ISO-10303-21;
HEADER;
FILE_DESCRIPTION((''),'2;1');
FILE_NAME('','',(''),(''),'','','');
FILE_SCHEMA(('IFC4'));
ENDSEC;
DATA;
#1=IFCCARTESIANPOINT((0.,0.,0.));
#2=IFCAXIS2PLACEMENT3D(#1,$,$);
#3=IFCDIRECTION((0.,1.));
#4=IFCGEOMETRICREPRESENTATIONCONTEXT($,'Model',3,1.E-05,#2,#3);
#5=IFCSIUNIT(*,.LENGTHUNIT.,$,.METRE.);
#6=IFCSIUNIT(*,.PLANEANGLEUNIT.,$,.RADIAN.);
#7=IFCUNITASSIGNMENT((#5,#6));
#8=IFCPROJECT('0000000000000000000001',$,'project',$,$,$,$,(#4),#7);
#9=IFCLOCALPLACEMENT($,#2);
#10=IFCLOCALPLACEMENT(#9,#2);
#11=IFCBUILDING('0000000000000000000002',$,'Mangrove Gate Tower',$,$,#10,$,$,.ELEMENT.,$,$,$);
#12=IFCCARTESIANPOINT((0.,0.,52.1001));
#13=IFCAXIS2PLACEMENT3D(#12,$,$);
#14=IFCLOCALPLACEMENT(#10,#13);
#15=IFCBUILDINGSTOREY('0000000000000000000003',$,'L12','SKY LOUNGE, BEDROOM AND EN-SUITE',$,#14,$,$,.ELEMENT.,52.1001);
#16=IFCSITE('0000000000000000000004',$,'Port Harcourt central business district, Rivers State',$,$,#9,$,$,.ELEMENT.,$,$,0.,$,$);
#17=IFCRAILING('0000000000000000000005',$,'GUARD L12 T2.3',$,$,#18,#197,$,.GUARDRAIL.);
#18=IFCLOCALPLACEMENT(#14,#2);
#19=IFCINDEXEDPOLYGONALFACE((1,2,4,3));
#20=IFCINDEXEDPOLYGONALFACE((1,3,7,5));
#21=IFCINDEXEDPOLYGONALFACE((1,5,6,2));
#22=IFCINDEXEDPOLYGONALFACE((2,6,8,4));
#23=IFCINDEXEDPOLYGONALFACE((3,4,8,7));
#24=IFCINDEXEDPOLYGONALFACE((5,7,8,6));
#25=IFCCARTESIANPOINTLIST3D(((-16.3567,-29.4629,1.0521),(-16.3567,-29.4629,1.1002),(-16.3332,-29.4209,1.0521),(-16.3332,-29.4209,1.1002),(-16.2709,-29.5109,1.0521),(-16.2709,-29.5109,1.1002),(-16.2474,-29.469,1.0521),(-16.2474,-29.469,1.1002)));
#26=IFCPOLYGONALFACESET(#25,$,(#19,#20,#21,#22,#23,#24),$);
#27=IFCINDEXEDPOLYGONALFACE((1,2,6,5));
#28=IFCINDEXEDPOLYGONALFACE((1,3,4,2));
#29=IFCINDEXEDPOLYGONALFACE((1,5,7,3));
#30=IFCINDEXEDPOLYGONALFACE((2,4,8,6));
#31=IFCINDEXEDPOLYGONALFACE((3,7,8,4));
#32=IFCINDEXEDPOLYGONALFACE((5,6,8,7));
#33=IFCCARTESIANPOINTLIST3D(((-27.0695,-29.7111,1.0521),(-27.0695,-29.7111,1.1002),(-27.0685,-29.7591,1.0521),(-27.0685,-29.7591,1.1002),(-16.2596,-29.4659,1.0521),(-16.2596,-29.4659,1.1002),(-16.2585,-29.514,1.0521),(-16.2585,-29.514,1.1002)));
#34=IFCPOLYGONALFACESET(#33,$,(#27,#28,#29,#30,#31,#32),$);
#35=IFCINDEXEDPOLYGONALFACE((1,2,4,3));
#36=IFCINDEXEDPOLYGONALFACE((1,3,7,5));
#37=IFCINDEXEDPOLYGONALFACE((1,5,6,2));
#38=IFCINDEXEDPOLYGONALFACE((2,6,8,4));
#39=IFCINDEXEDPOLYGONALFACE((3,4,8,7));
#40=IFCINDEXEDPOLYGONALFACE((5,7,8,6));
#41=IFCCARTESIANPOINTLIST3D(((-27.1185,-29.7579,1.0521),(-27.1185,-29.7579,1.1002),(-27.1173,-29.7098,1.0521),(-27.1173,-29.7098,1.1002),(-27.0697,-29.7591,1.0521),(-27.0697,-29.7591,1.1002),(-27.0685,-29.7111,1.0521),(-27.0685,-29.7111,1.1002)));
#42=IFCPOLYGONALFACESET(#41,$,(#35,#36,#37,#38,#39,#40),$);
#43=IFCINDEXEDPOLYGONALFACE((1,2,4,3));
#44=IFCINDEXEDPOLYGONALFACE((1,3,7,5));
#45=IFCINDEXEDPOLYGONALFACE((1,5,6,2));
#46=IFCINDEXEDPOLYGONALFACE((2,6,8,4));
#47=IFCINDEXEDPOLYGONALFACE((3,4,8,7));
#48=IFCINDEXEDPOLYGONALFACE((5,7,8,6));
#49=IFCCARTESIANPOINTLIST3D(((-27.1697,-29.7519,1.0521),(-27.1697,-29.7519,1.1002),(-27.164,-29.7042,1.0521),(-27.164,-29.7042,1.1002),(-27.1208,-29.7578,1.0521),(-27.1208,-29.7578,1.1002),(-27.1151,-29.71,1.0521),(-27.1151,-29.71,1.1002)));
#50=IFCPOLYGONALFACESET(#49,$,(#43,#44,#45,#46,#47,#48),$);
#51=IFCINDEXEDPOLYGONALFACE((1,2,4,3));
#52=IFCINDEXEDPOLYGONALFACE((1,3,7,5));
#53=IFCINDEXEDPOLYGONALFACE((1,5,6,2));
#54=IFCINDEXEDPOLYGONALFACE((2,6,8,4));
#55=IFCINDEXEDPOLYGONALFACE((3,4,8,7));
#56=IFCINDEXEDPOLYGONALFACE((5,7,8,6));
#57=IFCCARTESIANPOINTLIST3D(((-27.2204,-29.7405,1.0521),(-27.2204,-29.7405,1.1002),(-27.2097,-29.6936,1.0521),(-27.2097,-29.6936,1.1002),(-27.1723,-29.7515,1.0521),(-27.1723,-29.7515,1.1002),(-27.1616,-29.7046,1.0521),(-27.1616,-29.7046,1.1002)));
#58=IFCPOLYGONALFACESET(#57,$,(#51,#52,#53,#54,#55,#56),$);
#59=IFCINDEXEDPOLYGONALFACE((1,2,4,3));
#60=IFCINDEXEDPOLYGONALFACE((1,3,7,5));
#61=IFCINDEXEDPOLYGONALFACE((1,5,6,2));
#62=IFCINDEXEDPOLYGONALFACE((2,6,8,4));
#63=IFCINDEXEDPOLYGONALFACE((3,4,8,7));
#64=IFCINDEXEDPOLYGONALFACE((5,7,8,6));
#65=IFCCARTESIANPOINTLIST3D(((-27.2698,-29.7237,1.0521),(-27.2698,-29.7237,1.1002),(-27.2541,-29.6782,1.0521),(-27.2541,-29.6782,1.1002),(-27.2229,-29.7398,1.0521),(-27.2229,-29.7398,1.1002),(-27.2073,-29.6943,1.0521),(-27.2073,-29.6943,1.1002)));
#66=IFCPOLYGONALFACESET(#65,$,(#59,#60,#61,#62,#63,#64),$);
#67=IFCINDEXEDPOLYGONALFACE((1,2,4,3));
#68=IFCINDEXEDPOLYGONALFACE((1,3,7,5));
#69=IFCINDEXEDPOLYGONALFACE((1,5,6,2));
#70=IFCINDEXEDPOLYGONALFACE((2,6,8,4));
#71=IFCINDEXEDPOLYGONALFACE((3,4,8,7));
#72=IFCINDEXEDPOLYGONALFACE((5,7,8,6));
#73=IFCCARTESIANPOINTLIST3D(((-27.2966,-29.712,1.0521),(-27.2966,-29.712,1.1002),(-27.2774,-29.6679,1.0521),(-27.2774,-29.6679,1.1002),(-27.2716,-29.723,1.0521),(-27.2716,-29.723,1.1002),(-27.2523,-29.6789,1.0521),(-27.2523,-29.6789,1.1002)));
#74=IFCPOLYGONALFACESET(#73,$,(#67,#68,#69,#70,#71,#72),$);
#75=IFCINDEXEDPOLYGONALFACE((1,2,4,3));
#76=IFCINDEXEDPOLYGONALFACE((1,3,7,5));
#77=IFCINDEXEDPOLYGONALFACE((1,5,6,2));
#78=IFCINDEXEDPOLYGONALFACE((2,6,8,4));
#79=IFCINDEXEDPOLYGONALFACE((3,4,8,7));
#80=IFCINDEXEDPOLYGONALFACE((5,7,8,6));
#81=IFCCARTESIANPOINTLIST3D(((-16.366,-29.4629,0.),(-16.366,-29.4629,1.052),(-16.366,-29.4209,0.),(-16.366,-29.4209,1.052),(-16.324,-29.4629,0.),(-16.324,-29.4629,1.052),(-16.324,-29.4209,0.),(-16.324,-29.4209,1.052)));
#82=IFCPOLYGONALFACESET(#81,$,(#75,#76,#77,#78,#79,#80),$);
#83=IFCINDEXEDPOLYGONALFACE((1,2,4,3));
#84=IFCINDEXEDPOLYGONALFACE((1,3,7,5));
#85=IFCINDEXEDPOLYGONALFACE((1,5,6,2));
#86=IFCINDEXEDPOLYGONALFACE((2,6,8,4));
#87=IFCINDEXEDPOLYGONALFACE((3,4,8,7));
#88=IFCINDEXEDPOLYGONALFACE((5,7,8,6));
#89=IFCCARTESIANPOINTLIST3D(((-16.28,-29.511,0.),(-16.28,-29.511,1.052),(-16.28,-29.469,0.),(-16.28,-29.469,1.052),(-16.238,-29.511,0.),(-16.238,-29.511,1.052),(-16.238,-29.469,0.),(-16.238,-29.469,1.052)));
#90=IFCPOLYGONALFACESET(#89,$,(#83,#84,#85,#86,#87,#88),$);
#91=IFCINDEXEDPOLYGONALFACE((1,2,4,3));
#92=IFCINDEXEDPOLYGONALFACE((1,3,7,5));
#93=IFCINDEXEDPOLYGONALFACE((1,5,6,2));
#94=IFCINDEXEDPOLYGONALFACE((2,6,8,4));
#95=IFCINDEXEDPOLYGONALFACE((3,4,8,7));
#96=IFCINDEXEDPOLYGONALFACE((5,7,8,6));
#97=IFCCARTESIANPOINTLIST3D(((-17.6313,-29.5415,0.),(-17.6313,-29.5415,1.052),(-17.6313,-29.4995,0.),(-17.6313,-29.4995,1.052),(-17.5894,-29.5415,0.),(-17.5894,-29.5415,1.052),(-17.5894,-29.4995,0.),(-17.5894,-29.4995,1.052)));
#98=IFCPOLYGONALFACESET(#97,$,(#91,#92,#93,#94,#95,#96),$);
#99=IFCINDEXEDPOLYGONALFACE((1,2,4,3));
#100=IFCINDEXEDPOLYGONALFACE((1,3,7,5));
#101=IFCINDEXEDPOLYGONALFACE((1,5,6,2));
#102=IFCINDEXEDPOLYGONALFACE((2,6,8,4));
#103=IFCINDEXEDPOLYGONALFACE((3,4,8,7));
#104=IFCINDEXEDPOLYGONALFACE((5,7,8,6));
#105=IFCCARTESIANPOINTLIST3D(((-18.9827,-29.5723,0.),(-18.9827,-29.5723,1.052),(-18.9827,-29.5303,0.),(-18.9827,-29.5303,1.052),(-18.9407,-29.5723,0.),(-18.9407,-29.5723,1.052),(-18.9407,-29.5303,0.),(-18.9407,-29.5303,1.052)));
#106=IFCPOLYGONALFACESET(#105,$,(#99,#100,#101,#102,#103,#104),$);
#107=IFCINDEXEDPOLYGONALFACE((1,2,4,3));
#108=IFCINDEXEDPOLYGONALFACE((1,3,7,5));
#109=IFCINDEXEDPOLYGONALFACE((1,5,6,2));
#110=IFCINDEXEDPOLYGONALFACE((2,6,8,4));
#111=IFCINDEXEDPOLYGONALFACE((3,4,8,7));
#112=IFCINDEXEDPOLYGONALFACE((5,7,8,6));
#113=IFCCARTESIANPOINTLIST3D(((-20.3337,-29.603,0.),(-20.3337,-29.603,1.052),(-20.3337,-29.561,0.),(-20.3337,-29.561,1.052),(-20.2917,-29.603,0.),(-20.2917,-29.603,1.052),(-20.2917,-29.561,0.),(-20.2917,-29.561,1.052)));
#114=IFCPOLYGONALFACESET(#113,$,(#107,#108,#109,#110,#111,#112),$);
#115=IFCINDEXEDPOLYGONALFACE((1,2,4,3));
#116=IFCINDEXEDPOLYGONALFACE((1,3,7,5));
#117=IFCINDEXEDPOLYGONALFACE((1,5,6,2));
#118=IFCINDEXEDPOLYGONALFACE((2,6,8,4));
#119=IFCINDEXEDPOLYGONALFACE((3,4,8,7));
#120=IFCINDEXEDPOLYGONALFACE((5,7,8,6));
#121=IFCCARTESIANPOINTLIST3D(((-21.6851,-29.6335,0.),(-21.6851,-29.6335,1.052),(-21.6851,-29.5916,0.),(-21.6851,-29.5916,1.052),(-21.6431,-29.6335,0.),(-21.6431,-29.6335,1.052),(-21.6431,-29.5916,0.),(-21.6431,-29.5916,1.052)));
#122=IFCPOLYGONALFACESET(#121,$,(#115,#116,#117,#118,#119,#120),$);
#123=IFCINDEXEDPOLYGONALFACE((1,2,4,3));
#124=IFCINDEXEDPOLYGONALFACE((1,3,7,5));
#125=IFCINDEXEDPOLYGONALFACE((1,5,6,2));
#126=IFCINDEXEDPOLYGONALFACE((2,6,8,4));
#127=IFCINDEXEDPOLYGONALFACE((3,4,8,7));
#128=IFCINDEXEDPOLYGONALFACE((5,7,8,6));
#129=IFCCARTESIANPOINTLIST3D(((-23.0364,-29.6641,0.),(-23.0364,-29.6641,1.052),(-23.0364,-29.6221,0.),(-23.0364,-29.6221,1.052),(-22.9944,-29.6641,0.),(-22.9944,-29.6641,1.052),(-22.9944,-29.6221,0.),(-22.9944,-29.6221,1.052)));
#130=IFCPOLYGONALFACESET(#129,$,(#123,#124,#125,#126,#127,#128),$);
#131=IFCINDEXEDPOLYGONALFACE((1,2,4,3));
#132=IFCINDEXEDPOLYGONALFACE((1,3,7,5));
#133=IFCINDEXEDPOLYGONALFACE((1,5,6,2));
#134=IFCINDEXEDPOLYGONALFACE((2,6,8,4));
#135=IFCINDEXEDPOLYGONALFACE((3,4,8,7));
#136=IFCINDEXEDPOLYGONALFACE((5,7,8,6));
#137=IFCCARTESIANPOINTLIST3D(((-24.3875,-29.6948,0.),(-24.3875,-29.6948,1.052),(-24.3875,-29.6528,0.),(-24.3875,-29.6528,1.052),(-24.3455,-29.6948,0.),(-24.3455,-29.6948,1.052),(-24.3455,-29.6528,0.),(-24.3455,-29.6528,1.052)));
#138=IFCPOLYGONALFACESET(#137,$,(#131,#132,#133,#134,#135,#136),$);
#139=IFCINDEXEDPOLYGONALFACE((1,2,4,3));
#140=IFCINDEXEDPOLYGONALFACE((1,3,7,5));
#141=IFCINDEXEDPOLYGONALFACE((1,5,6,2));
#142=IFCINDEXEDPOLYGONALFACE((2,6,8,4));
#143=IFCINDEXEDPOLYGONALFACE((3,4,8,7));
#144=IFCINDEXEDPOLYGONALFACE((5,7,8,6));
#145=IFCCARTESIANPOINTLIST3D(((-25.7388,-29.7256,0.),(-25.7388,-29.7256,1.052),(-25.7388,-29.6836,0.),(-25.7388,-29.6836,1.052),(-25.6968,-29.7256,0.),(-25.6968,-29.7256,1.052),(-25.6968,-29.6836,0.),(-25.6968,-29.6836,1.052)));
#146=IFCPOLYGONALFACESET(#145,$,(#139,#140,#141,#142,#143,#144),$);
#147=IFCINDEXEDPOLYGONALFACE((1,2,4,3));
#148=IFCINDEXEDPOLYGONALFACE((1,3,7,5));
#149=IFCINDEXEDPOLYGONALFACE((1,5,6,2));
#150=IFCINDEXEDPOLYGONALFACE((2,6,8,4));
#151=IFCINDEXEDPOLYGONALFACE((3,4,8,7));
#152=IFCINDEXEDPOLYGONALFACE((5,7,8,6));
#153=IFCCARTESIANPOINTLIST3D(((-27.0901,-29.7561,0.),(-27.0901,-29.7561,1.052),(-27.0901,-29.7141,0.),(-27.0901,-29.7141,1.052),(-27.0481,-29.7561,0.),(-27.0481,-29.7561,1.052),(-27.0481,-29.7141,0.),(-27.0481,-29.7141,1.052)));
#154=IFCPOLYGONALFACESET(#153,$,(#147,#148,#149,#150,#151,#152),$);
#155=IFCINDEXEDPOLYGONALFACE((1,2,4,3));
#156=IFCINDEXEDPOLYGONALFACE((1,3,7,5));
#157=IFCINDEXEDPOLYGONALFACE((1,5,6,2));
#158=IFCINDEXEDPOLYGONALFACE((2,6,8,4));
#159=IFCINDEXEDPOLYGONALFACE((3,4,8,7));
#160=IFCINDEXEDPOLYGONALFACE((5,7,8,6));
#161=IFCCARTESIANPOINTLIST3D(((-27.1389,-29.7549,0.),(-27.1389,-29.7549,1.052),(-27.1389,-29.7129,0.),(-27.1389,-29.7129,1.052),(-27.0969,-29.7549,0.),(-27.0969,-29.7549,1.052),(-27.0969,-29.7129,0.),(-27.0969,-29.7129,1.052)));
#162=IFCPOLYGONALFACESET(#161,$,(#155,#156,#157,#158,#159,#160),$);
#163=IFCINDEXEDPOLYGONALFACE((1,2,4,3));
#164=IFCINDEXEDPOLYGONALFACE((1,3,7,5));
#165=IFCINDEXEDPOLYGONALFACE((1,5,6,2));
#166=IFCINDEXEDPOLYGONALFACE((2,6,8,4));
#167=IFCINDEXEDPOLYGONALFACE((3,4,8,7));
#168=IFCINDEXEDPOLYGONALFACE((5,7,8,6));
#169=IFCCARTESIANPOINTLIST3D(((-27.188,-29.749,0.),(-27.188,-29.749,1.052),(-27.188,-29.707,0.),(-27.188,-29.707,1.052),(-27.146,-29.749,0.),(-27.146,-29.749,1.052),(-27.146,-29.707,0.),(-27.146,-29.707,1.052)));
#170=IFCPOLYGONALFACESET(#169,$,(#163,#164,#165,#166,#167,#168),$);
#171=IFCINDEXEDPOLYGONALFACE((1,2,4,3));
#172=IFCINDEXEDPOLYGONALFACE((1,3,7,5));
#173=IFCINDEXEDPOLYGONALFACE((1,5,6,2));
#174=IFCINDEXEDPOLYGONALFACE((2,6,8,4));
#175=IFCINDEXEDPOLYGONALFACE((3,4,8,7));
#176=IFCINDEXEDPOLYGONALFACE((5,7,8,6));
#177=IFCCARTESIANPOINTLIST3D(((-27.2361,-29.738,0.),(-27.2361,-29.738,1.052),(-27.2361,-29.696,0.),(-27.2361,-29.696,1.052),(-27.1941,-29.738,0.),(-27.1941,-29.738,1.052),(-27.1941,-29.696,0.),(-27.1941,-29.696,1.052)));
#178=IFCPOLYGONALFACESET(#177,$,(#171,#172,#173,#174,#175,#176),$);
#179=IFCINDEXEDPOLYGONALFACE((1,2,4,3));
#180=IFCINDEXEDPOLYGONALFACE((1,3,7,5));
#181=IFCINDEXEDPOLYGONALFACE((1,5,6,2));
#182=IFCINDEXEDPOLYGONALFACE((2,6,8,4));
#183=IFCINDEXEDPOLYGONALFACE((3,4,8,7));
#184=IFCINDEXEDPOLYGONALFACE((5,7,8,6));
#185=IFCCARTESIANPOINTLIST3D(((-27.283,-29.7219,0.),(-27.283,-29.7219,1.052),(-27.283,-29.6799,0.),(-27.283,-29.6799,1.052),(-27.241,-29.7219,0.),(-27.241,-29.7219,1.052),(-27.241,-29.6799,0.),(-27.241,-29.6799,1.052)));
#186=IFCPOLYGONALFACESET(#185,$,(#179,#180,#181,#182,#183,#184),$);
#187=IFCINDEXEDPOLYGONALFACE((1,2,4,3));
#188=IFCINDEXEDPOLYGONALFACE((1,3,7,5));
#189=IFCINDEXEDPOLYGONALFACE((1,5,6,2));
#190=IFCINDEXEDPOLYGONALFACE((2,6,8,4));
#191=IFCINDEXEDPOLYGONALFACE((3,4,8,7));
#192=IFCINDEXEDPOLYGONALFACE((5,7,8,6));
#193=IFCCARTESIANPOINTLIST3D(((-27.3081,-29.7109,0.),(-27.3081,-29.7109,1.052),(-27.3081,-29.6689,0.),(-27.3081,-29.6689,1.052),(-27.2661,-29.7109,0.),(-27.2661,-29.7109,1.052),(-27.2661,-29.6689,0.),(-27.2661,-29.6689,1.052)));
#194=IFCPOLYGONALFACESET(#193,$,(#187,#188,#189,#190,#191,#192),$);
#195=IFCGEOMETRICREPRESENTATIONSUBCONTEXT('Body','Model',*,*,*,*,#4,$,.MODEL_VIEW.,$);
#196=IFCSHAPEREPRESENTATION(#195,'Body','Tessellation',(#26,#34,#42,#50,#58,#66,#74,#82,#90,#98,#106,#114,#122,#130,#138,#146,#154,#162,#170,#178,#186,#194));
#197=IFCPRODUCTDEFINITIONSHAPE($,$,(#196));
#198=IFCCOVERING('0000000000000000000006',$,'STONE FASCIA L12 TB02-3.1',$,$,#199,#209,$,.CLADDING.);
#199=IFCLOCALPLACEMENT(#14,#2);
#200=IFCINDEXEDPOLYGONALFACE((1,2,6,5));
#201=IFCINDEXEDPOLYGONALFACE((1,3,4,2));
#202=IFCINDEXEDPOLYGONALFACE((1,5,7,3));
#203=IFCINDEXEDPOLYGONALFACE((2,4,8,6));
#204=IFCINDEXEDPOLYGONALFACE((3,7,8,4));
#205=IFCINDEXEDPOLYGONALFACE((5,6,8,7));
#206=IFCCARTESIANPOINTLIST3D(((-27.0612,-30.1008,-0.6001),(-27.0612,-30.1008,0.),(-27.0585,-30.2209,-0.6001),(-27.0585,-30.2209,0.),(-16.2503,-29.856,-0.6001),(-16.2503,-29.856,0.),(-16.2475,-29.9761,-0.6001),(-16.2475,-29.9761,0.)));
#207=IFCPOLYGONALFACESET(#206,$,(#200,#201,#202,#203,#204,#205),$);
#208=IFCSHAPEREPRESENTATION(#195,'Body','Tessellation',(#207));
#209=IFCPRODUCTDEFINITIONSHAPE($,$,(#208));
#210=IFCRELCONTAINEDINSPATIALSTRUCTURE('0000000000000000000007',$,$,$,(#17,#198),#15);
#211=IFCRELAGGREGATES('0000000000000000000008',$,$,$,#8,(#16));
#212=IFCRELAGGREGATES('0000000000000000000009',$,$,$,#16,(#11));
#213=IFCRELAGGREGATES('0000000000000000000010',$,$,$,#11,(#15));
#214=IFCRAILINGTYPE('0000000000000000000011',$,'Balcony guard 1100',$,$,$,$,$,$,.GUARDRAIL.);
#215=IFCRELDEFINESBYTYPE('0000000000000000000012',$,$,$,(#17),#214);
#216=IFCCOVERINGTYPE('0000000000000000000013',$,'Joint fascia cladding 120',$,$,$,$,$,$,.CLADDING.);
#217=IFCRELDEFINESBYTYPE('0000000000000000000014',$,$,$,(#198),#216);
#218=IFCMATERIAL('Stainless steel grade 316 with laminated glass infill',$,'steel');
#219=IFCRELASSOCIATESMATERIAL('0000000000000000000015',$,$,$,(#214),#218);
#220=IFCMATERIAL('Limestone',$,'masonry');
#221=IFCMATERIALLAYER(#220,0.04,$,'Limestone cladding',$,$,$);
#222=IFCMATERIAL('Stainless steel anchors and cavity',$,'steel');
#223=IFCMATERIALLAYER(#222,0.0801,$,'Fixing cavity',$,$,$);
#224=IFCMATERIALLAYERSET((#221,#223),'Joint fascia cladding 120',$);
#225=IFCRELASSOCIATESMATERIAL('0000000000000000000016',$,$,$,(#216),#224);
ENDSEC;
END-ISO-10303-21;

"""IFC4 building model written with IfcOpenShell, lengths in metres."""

from ifc_helpers import new_model, si_unit, direction, frame, frame_2d, origin, origin_2d, place, context, subcontext, project, spatial, rectangle, extrude, material, layer, layer_set, type_object, element, save


model = new_model("IFC4")

# Units and contexts
model_context = context("Model", 3, precision=1e-05, world=origin(), true_north=direction((0.0, 1.0)))
body_context = subcontext(model_context, "Body", "Model", "MODEL_VIEW")
ifc_project = project(units=[si_unit("LENGTHUNIT", "METRE"), si_unit("PLANEANGLEUNIT", "RADIAN")], contexts=[model_context])

# Site, building, storey
site_placement = place(None, origin())
site = spatial("IfcSite", under=ifc_project, at=site_placement, Name="Port Harcourt central business district, Rivers State", CompositionType="ELEMENT", RefElevation=0.0)
building_placement = place(site_placement, origin())
building = spatial("IfcBuilding", under=site, at=building_placement, Name="Mangrove Gate Tower", CompositionType="ELEMENT")
storey_placement = place(building_placement, frame((0.0, 0.0, 52.1001)))
storey = spatial("IfcBuildingStorey", under=building, at=storey_placement, Name="L12", Description="SKY LOUNGE, BEDROOM AND EN-SUITE", CompositionType="ELEMENT", Elevation=52.1001)

# Railing
ifc_material_1 = material(Name="Stainless steel grade 316 with laminated glass infill", Category="steel")
railing_type = type_object("IfcRailingType", Name="Balcony guard 1100", PredefinedType="GUARDRAIL", material=ifc_material_1)
railing_1_placement = place(storey_placement, frame((-16.345, -29.4419, 0.0)))
element("IfcRailing", 1, at=railing_1_placement, inside=storey, type_object=railing_type, Name="GUARD L12 T2.3", PredefinedType="GUARDRAIL", context=body_context, shape_type="SweptSolid", body=[
    extrude(rectangle(XDim=0.0481, YDim=0.0481, at=origin_2d()), frame((0.0, 0.0, 1.0762), z_axis=(0.872633, -0.488377, 0.0), x_axis=(0.488377, 0.872633, 0.0)), (0.0, 0.0, 1.0), 0.0984),
    extrude(rectangle(XDim=0.0481, YDim=0.0481, at=origin_2d()), frame((0.0859, -0.0481, 1.0762), z_axis=(-0.999743, -0.022669, 0.0), x_axis=(0.022669, -0.999743, 0.0)), (0.0, 0.0, 1.0), 10.8127),
    extrude(rectangle(XDim=0.0481, YDim=0.0481, at=origin_2d()), frame((-10.7241, -0.2932, 1.0762), z_axis=(-0.999688, 0.024992, 0.0), x_axis=(-0.024992, -0.999688, 0.0)), (0.0, 0.0, 1.0), 0.0488),
    extrude(rectangle(XDim=0.0481, YDim=0.0481, at=origin_2d()), frame((-10.7729, -0.292, 1.0762), z_axis=(-0.992947, 0.118561, 0.0), x_axis=(-0.118561, -0.992947, 0.0)), (0.0, 0.0, 1.0), 0.0493),
    extrude(rectangle(XDim=0.0481, YDim=0.0481, at=origin_2d()), frame((-10.822, -0.2861, 1.0762), z_axis=(-0.974889, 0.22269, 0.0), x_axis=(-0.22269, -0.974889, 0.0)), (0.0, 0.0, 1.0), 0.0493),
    extrude(rectangle(XDim=0.0481, YDim=0.0481, at=origin_2d()), frame((-10.8701, -0.2751, 1.0762), z_axis=(-0.945687, 0.32508, 0.0), x_axis=(-0.32508, -0.945687, 0.0)), (0.0, 0.0, 1.0), 0.0496),
    extrude(rectangle(XDim=0.0481, YDim=0.0481, at=origin_2d()), frame((-10.917, -0.259, 1.0762), z_axis=(-0.916361, 0.400352, 0.0), x_axis=(-0.400352, -0.916361, 0.0)), (0.0, 0.0, 1.0), 0.0273),
    extrude(rectangle(XDim=0.042, YDim=0.042, at=origin_2d()), origin(), (0.0, 0.0, 1.0), 1.052),
    extrude(rectangle(XDim=0.042, YDim=0.042, at=origin_2d()), frame((0.0859, -0.0481, 0.0)), (0.0, 0.0, 1.0), 1.052),
    extrude(rectangle(XDim=0.042, YDim=0.042, at=origin_2d()), frame((-1.2654, -0.0786, 0.0)), (0.0, 0.0, 1.0), 1.052),
    extrude(rectangle(XDim=0.042, YDim=0.042, at=origin_2d()), frame((-2.6167, -0.1094, 0.0)), (0.0, 0.0, 1.0), 1.052),
    extrude(rectangle(XDim=0.042, YDim=0.042, at=origin_2d()), frame((-3.9678, -0.1401, 0.0)), (0.0, 0.0, 1.0), 1.052),
    extrude(rectangle(XDim=0.042, YDim=0.042, at=origin_2d()), frame((-5.3191, -0.1707, 0.0)), (0.0, 0.0, 1.0), 1.052),
    extrude(rectangle(XDim=0.042, YDim=0.042, at=origin_2d()), frame((-6.6704, -0.2012, 0.0)), (0.0, 0.0, 1.0), 1.052),
    extrude(rectangle(XDim=0.042, YDim=0.042, at=origin_2d()), frame((-8.0215, -0.2319, 0.0)), (0.0, 0.0, 1.0), 1.052),
    extrude(rectangle(XDim=0.042, YDim=0.042, at=origin_2d()), frame((-9.3728, -0.2627, 0.0)), (0.0, 0.0, 1.0), 1.052),
    extrude(rectangle(XDim=0.042, YDim=0.042, at=origin_2d()), frame((-10.7241, -0.2932, 0.0)), (0.0, 0.0, 1.0), 1.052),
    extrude(rectangle(XDim=0.042, YDim=0.042, at=origin_2d()), frame((-10.7729, -0.292, 0.0)), (0.0, 0.0, 1.0), 1.052),
    extrude(rectangle(XDim=0.042, YDim=0.042, at=origin_2d()), frame((-10.822, -0.2861, 0.0)), (0.0, 0.0, 1.0), 1.052),
    extrude(rectangle(XDim=0.042, YDim=0.042, at=origin_2d()), frame((-10.8701, -0.2751, 0.0)), (0.0, 0.0, 1.0), 1.052),
    extrude(rectangle(XDim=0.042, YDim=0.042, at=origin_2d()), frame((-10.917, -0.259, 0.0)), (0.0, 0.0, 1.0), 1.052),
    extrude(rectangle(XDim=0.042, YDim=0.042, at=origin_2d()), frame((-10.9421, -0.248, 0.0)), (0.0, 0.0, 1.0), 1.052),
])

# Covering
ifc_material_2 = material(Name="Limestone", Category="masonry")
ifc_layer_1 = layer(ifc_material_2, 0.04, Name="Limestone cladding")
ifc_material_3 = material(Name="Stainless steel anchors and cavity", Category="steel")
ifc_layer_2 = layer(ifc_material_3, 0.0801, Name="Fixing cavity")
ifc_layer_set_1 = layer_set([ifc_layer_1, ifc_layer_2], Name="Joint fascia cladding 120")
covering_type = type_object("IfcCoveringType", Name="Joint fascia cladding 120", PredefinedType="CLADDING", material=ifc_layer_set_1)
covering_placement = place(storey_placement, frame((-16.249, -29.916, -0.6001), z_axis=(0.0, 0.0, 1.0), x_axis=(-0.999744, -0.022644, 0.0)))
element("IfcCovering", 2, at=covering_placement, inside=storey, type_object=covering_type, Name="STONE FASCIA L12 TB02-3.1", PredefinedType="CLADDING", context=body_context, shape_type="SweptSolid", body=[
    extrude(rectangle(XDim=10.8137, YDim=0.1201, at=frame_2d((5.4067, 0.0))), origin(), (0.0, 0.0, 1.0), 0.6001),
])

save(model, "model.ifc")
